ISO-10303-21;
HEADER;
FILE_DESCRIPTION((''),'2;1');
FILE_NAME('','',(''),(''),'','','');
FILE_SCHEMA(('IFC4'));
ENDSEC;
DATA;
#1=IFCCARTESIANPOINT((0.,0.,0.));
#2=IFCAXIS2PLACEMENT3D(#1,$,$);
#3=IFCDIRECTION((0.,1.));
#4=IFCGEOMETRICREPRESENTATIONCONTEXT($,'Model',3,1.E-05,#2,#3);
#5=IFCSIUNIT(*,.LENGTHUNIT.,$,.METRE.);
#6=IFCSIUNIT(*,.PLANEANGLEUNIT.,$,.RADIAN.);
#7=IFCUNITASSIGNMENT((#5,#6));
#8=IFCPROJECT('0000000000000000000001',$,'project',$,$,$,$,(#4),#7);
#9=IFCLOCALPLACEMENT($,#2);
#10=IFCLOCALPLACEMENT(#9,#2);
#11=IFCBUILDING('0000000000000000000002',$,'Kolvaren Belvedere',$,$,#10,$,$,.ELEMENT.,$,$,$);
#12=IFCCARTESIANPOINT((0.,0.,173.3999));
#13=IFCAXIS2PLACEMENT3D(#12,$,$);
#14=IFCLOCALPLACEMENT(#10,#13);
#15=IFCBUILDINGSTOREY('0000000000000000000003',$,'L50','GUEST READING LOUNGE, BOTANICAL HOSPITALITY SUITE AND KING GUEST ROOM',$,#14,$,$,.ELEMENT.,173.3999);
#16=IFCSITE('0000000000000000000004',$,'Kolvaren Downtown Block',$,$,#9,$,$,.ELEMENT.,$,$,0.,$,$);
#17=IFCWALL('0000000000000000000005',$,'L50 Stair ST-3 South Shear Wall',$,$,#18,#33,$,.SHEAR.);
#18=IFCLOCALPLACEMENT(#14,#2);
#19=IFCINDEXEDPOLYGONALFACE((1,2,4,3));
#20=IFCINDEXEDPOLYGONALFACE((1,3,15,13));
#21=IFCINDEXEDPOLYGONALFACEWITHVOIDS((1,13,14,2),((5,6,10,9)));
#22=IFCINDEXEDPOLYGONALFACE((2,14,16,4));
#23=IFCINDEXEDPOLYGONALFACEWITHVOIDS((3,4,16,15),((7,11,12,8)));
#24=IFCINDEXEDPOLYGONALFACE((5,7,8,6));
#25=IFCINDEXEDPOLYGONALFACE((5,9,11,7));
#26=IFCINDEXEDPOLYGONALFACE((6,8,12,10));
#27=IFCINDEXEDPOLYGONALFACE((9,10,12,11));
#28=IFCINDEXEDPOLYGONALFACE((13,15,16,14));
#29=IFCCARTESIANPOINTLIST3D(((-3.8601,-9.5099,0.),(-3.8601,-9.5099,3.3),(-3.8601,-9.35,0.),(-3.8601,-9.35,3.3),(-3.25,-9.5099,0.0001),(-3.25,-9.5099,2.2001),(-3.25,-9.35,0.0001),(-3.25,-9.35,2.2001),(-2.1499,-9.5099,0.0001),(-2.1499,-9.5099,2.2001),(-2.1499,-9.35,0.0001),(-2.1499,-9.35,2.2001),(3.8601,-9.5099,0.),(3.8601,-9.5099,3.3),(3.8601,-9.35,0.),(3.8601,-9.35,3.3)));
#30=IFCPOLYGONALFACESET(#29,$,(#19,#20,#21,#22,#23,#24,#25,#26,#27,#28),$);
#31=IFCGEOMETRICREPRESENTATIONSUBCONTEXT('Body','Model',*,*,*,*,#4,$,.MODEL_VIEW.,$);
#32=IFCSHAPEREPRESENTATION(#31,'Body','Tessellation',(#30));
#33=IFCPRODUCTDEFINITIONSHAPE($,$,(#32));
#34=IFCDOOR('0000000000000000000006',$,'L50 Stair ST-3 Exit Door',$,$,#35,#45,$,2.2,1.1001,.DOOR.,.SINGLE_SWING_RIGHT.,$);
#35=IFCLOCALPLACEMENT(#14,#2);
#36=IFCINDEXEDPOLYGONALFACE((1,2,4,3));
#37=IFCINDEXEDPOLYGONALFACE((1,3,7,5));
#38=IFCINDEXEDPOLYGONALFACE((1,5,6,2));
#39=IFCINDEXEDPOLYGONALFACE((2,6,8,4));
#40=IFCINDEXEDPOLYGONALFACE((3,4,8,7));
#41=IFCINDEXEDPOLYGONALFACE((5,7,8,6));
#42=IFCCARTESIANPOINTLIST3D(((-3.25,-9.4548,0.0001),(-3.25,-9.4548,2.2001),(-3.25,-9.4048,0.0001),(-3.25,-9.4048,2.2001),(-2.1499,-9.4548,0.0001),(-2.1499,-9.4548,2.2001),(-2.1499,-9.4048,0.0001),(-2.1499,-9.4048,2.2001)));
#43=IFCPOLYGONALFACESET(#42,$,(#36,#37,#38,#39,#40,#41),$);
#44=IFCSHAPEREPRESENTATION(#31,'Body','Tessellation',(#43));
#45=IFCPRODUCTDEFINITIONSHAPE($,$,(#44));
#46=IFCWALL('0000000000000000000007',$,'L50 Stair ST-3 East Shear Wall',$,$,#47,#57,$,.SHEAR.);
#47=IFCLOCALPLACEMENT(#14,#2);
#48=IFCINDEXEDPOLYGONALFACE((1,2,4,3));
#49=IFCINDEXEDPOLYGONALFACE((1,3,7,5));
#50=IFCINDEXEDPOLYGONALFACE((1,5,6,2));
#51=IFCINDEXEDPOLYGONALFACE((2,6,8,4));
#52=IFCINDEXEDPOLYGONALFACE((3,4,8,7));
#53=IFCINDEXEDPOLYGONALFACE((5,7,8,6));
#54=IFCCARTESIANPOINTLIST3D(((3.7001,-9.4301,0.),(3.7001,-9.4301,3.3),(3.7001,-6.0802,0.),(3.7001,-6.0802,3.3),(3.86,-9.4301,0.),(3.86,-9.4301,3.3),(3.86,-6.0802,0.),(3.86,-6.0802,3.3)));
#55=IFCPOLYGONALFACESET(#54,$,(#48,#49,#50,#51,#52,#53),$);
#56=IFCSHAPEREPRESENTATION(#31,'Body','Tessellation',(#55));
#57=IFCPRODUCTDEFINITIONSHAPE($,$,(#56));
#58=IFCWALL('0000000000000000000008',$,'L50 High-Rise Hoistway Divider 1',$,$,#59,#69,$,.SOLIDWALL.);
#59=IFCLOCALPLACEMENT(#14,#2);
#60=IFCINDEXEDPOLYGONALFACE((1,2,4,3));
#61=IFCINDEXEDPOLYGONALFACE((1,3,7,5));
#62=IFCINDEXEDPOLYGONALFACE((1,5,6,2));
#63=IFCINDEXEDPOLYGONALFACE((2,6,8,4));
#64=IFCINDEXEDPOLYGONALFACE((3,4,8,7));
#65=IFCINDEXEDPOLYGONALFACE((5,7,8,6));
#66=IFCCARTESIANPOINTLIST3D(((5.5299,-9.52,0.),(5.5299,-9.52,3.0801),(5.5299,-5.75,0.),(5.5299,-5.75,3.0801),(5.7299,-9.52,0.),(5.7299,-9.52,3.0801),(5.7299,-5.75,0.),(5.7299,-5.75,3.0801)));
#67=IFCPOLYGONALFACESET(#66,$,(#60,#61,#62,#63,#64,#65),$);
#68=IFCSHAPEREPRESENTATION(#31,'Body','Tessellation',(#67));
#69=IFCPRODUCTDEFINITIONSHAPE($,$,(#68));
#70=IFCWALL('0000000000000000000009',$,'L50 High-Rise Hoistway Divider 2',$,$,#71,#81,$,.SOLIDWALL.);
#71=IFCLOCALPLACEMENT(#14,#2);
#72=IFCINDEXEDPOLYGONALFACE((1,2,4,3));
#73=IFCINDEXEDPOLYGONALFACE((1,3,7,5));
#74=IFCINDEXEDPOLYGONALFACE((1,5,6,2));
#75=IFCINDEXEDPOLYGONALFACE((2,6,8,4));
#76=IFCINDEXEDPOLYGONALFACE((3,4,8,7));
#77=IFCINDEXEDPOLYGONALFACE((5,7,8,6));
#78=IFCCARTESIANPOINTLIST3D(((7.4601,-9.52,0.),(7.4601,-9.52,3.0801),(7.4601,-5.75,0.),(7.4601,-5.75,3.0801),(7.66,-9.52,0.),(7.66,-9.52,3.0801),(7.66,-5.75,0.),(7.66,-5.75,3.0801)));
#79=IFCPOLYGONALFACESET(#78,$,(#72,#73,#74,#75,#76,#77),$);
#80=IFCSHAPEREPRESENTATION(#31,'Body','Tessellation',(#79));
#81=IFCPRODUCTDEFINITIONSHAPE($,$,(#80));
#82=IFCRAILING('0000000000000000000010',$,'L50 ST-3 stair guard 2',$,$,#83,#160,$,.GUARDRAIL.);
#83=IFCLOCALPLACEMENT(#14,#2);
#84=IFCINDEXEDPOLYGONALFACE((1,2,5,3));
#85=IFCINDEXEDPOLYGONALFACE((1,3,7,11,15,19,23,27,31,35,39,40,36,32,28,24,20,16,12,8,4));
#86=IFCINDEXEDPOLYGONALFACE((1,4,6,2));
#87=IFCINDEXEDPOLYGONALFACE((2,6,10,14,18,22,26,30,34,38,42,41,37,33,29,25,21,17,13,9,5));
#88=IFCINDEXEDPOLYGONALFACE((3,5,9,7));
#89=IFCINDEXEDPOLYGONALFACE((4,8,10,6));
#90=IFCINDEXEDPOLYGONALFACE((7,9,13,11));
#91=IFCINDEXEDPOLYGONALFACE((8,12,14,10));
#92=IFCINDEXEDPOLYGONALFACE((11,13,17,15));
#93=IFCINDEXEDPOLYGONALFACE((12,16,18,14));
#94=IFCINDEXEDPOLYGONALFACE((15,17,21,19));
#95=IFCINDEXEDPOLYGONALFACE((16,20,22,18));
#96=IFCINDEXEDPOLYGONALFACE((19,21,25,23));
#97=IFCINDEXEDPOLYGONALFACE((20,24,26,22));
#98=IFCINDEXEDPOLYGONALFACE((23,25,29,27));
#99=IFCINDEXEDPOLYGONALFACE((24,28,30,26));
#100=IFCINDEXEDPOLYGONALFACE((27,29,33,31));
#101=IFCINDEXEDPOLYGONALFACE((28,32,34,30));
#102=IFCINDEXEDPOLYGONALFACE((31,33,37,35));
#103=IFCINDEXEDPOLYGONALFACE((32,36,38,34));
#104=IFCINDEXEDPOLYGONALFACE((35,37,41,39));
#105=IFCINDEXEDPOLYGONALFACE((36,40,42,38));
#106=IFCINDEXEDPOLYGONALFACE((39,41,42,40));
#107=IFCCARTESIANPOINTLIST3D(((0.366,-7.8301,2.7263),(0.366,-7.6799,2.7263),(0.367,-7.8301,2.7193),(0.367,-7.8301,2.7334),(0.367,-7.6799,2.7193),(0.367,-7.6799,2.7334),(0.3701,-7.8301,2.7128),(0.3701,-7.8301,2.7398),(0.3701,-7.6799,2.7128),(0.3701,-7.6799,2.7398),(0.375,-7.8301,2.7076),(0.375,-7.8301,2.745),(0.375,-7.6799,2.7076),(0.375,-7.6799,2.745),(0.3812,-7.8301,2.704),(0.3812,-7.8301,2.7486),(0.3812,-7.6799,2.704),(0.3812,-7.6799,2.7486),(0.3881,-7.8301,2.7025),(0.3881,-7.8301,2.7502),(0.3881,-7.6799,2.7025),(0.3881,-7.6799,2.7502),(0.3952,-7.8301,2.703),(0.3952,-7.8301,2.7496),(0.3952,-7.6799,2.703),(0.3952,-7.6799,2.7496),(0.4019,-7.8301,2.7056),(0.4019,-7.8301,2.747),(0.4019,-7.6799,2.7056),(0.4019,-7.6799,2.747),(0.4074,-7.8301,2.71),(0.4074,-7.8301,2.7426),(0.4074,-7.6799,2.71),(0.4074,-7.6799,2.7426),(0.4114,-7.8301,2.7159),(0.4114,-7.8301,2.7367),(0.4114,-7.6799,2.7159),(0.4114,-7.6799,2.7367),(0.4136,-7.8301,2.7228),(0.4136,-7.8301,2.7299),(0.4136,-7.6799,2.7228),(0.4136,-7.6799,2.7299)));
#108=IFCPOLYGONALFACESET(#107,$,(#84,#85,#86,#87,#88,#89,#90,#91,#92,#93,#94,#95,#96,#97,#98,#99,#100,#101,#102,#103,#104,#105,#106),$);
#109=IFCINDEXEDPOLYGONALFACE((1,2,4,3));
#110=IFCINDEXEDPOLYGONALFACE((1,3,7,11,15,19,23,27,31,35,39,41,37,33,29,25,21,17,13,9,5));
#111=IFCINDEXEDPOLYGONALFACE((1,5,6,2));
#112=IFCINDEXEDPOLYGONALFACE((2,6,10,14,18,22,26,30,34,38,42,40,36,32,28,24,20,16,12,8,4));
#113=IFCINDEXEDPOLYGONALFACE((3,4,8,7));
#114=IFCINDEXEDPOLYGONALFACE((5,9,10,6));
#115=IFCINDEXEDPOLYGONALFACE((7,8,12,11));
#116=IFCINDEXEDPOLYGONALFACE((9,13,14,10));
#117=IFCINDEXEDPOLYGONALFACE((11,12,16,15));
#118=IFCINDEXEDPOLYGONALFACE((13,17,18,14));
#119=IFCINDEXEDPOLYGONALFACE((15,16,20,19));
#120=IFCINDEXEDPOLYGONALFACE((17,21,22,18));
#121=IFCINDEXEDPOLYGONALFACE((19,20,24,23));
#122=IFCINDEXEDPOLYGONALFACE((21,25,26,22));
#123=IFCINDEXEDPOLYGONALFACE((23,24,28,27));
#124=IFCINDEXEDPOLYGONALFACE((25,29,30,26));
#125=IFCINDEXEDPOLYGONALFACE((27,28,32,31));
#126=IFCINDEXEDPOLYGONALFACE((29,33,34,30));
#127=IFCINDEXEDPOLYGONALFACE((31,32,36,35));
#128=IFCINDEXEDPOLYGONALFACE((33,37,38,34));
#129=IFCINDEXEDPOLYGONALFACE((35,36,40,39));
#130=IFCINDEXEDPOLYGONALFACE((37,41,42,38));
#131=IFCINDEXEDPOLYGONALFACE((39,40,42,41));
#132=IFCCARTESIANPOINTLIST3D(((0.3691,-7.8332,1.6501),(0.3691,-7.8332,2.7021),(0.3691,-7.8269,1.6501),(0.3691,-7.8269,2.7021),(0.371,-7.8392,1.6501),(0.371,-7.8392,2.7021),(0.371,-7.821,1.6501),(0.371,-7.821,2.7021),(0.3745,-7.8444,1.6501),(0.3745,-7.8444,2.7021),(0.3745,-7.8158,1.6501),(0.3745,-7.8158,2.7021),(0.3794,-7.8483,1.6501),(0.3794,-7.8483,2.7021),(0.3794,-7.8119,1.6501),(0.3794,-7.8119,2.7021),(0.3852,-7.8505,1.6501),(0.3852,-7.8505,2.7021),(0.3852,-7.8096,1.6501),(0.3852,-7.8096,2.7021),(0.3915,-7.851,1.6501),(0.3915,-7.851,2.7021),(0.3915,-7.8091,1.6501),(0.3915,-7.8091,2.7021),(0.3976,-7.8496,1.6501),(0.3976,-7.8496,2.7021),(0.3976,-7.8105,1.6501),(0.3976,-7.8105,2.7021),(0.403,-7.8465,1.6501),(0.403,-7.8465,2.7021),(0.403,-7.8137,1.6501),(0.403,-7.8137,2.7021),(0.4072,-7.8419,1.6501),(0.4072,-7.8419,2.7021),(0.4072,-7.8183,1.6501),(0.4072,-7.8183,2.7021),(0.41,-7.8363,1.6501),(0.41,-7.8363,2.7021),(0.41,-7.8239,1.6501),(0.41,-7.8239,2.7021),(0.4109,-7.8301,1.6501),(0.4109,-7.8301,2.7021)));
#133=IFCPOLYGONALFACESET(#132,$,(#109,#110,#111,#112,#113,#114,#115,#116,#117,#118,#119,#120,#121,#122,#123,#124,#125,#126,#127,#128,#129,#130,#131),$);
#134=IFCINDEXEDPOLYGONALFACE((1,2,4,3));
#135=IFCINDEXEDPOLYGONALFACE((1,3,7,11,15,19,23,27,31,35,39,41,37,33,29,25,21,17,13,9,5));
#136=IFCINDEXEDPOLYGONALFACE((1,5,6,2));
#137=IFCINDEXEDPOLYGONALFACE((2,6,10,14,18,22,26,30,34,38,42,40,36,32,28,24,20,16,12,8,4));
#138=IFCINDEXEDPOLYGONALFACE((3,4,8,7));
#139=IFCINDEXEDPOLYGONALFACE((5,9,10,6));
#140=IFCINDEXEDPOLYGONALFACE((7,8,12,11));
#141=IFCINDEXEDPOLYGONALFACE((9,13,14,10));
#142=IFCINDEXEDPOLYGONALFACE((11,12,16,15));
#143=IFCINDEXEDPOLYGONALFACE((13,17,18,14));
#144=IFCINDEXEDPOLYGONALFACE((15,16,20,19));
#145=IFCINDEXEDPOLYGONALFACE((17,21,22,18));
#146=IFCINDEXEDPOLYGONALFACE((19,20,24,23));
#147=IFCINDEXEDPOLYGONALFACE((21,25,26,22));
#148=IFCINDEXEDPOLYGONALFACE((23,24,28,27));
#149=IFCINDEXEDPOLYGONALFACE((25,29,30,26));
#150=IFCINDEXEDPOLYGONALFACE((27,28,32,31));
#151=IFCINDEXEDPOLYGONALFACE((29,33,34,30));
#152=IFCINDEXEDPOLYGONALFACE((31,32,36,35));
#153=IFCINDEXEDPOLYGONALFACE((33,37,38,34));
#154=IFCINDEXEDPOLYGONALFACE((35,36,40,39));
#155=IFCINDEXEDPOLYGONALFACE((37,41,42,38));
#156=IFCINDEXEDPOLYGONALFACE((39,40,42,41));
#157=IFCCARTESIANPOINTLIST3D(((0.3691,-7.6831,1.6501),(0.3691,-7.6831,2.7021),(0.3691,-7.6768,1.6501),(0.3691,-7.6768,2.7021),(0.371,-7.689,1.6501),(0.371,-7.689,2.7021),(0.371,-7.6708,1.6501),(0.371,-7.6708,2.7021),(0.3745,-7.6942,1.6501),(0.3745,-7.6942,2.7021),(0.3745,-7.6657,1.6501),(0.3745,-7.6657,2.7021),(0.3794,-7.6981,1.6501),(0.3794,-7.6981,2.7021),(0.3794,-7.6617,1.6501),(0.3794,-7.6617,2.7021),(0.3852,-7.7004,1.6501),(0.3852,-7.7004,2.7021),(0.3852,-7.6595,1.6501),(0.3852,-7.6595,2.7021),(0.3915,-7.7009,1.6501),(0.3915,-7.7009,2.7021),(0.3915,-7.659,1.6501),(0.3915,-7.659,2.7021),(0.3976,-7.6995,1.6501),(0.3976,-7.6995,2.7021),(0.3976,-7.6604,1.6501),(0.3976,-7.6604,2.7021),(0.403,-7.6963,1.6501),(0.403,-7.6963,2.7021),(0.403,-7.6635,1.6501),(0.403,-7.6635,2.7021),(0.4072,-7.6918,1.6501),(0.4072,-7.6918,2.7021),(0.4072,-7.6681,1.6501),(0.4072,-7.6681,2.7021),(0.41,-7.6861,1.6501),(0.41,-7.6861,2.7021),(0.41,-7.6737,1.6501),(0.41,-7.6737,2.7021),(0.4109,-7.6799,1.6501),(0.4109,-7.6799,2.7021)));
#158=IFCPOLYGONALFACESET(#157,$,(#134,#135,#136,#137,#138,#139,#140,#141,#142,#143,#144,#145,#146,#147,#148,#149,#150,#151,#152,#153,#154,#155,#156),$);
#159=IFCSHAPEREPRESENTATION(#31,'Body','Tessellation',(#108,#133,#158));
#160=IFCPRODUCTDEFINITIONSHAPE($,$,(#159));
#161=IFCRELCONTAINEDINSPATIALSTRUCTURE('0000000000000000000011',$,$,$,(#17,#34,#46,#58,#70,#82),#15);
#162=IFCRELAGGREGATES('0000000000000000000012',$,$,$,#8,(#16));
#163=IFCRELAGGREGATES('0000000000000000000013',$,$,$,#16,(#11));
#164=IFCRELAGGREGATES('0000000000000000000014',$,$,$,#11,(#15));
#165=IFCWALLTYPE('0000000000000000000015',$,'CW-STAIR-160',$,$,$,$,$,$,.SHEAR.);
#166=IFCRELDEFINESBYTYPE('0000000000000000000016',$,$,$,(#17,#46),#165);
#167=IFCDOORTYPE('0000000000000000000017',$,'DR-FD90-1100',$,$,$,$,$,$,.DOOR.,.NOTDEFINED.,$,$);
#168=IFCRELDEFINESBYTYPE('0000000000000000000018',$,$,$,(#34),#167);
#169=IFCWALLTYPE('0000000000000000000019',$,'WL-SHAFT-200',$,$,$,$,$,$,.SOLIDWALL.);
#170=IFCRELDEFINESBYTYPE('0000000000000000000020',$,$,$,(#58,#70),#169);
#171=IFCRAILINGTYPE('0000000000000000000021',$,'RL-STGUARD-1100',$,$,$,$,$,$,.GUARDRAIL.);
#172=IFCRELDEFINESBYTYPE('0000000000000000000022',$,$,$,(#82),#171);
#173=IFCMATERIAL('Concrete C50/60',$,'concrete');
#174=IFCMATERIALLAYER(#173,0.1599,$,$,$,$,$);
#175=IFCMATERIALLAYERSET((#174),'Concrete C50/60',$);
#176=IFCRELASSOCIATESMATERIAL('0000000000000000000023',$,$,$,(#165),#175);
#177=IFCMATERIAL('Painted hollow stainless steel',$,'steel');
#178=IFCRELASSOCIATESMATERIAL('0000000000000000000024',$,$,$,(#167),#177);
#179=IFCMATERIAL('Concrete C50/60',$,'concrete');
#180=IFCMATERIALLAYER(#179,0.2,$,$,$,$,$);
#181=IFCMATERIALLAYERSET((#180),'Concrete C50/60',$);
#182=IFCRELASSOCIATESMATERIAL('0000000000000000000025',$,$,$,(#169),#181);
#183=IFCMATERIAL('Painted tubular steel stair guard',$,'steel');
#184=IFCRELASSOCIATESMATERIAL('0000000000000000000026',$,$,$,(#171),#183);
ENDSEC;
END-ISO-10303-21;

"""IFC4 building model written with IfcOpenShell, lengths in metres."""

from ifc_helpers import new_model, si_unit, direction, frame, frame_2d, origin, origin_2d, place, context, subcontext, project, spatial, rectangle, circle, extrude, material, layer, layer_set, type_object, element, fill, save


model = new_model("IFC4")

# Units and contexts
model_context = context("Model", 3, precision=1e-05, world=origin(), true_north=direction((0.0, 1.0)))
body_context = subcontext(model_context, "Body", "Model", "MODEL_VIEW")
ifc_project = project(units=[si_unit("LENGTHUNIT", "METRE"), si_unit("PLANEANGLEUNIT", "RADIAN")], contexts=[model_context])

# Site, building, storey
site_placement = place(None, origin())
site = spatial("IfcSite", under=ifc_project, at=site_placement, Name="Kolvaren Downtown Block", CompositionType="ELEMENT", RefElevation=0.0)
building_placement = place(site_placement, origin())
building = spatial("IfcBuilding", under=site, at=building_placement, Name="Kolvaren Belvedere", CompositionType="ELEMENT")
storey_placement = place(building_placement, frame((0.0, 0.0, 173.3999)))
storey = spatial("IfcBuildingStorey", under=building, at=storey_placement, Name="L50", Description="GUEST READING LOUNGE, BOTANICAL HOSPITALITY SUITE AND KING GUEST ROOM", CompositionType="ELEMENT", Elevation=173.3999)

# Wall, opening, door
ifc_material_1 = material(Name="Concrete C50/60", Category="concrete")
ifc_layer_1 = layer(ifc_material_1, 0.1599)
ifc_layer_set_1 = layer_set([ifc_layer_1], Name="Concrete C50/60")
wall_type_1 = type_object("IfcWallType", Name="CW-STAIR-160", PredefinedType="SHEAR", material=ifc_layer_set_1)
wall_1_placement = place(storey_placement, frame((3.8601, -9.4299, 0.0), z_axis=(0.0, 0.0, 1.0), x_axis=(-1.0, 0.0, 0.0)))
wall_1 = element("IfcWall", 1, at=wall_1_placement, inside=storey, type_object=wall_type_1, Name="L50 Stair ST-3 South Shear Wall", PredefinedType="SHEAR", context=body_context, shape_type="SweptSolid", body=[
    extrude(rectangle(XDim=7.7202, YDim=0.1599, at=frame_2d((3.8601, 0.0))), origin(), (0.0, 0.0, 1.0), 3.3),
])
opening_placement = place(wall_1_placement, frame((6.01, 0.0, 0.0)))
opening = element("IfcOpeningElement", 2, at=opening_placement, cuts=wall_1, PredefinedType="OPENING", context=body_context, shape_type="SweptSolid", body=[
    extrude(rectangle(XDim=1.1001, YDim=2.2, at=frame_2d((0.55, 1.1001))), frame((0.0, 0.0898, 0.0), z_axis=(0.0, -1.0, 0.0), x_axis=(1.0, 0.0, 0.0)), (0.0, 0.0, 1.0), 0.1799),
])
ifc_material_2 = material(Name="Painted hollow stainless steel", Category="steel")
door_type = type_object("IfcDoorType", Name="DR-FD90-1100", OperationType="NOTDEFINED", PredefinedType="DOOR", material=ifc_material_2)
door_placement = place(opening_placement, origin())
door = element("IfcDoor", 3, at=door_placement, inside=storey, type_object=door_type, Name="L50 Stair ST-3 Exit Door", OperationType="SINGLE_SWING_RIGHT", OverallHeight=2.2, OverallWidth=1.1001, PredefinedType="DOOR", context=body_context, shape_type="SweptSolid", body=[
    extrude(rectangle(XDim=1.1001, YDim=2.2, at=frame_2d((0.55, 1.1001))), frame((0.0, 0.0249, 0.0), z_axis=(0.0, -1.0, 0.0), x_axis=(1.0, 0.0, 0.0)), (0.0, 0.0, 1.0), 0.05),
])
fill(opening, door)

# Walls
wall_2_placement = place(storey_placement, frame((3.78, -9.4299, 0.0), z_axis=(0.0, 0.0, 1.0), x_axis=(0.0, 1.0, 0.0)))
element("IfcWall", 4, at=wall_2_placement, inside=storey, type_object=wall_type_1, Name="L50 Stair ST-3 East Shear Wall", PredefinedType="SHEAR", context=body_context, shape_type="SweptSolid", body=[
    extrude(rectangle(XDim=3.3499, YDim=0.1599, at=frame_2d((1.6748, 0.0))), origin(), (0.0, 0.0, 1.0), 3.3),
])
ifc_material_3 = material(Name="Concrete C50/60", Category="concrete")
ifc_layer_2 = layer(ifc_material_3, 0.2)
ifc_layer_set_2 = layer_set([ifc_layer_2], Name="Concrete C50/60")
wall_type_2 = type_object("IfcWallType", Name="WL-SHAFT-200", PredefinedType="SOLIDWALL", material=ifc_layer_set_2)
for number, where, z_axis, x_axis, name in (
    (5, (5.6299, -9.52, 0.0), (0.0, 0.0, 1.0), (0.0, 1.0, 0.0), "L50 High-Rise Hoistway Divider 1"),
    (6, (7.5601, -9.52, 0.0), (0.0, 0.0, 1.0), (0.0, 1.0, 0.0), "L50 High-Rise Hoistway Divider 2"),
):
    element("IfcWall", number, at=place(storey_placement, frame(where, z_axis=z_axis, x_axis=x_axis)), inside=storey, type_object=wall_type_2, Name=name, PredefinedType="SOLIDWALL", context=body_context, shape_type="SweptSolid", body=[
        extrude(rectangle(XDim=3.77, YDim=0.2, at=frame_2d((1.885, 0.0))), origin(), (0.0, 0.0, 1.0), 3.0801),
    ])

# Railing
ifc_material_4 = material(Name="Painted tubular steel stair guard", Category="steel")
railing_type = type_object("IfcRailingType", Name="RL-STGUARD-1100", PredefinedType="GUARDRAIL", material=ifc_material_4)
railing_1_placement = place(storey_placement, frame((0.3899, -7.8301, 1.6501)))
element("IfcRailing", 7, at=railing_1_placement, inside=storey, type_object=railing_type, Name="L50 ST-3 stair guard 2", PredefinedType="GUARDRAIL", context=body_context, shape_type="SweptSolid", body=[
    extrude(circle(Radius=0.0239, at=origin_2d()), frame((0.0, 0.0, 1.0762), z_axis=(0.0, 1.0, 0.0), x_axis=(-1.0, 0.0, 0.0)), (0.0, 0.0, 1.0), 0.1501),
    extrude(circle(Radius=0.021, at=origin_2d()), origin(), (0.0, 0.0, 1.0), 1.052),
    extrude(circle(Radius=0.021, at=origin_2d()), frame((0.0, 0.1501, 0.0)), (0.0, 0.0, 1.0), 1.052),
])

save(model, "model.ifc")
